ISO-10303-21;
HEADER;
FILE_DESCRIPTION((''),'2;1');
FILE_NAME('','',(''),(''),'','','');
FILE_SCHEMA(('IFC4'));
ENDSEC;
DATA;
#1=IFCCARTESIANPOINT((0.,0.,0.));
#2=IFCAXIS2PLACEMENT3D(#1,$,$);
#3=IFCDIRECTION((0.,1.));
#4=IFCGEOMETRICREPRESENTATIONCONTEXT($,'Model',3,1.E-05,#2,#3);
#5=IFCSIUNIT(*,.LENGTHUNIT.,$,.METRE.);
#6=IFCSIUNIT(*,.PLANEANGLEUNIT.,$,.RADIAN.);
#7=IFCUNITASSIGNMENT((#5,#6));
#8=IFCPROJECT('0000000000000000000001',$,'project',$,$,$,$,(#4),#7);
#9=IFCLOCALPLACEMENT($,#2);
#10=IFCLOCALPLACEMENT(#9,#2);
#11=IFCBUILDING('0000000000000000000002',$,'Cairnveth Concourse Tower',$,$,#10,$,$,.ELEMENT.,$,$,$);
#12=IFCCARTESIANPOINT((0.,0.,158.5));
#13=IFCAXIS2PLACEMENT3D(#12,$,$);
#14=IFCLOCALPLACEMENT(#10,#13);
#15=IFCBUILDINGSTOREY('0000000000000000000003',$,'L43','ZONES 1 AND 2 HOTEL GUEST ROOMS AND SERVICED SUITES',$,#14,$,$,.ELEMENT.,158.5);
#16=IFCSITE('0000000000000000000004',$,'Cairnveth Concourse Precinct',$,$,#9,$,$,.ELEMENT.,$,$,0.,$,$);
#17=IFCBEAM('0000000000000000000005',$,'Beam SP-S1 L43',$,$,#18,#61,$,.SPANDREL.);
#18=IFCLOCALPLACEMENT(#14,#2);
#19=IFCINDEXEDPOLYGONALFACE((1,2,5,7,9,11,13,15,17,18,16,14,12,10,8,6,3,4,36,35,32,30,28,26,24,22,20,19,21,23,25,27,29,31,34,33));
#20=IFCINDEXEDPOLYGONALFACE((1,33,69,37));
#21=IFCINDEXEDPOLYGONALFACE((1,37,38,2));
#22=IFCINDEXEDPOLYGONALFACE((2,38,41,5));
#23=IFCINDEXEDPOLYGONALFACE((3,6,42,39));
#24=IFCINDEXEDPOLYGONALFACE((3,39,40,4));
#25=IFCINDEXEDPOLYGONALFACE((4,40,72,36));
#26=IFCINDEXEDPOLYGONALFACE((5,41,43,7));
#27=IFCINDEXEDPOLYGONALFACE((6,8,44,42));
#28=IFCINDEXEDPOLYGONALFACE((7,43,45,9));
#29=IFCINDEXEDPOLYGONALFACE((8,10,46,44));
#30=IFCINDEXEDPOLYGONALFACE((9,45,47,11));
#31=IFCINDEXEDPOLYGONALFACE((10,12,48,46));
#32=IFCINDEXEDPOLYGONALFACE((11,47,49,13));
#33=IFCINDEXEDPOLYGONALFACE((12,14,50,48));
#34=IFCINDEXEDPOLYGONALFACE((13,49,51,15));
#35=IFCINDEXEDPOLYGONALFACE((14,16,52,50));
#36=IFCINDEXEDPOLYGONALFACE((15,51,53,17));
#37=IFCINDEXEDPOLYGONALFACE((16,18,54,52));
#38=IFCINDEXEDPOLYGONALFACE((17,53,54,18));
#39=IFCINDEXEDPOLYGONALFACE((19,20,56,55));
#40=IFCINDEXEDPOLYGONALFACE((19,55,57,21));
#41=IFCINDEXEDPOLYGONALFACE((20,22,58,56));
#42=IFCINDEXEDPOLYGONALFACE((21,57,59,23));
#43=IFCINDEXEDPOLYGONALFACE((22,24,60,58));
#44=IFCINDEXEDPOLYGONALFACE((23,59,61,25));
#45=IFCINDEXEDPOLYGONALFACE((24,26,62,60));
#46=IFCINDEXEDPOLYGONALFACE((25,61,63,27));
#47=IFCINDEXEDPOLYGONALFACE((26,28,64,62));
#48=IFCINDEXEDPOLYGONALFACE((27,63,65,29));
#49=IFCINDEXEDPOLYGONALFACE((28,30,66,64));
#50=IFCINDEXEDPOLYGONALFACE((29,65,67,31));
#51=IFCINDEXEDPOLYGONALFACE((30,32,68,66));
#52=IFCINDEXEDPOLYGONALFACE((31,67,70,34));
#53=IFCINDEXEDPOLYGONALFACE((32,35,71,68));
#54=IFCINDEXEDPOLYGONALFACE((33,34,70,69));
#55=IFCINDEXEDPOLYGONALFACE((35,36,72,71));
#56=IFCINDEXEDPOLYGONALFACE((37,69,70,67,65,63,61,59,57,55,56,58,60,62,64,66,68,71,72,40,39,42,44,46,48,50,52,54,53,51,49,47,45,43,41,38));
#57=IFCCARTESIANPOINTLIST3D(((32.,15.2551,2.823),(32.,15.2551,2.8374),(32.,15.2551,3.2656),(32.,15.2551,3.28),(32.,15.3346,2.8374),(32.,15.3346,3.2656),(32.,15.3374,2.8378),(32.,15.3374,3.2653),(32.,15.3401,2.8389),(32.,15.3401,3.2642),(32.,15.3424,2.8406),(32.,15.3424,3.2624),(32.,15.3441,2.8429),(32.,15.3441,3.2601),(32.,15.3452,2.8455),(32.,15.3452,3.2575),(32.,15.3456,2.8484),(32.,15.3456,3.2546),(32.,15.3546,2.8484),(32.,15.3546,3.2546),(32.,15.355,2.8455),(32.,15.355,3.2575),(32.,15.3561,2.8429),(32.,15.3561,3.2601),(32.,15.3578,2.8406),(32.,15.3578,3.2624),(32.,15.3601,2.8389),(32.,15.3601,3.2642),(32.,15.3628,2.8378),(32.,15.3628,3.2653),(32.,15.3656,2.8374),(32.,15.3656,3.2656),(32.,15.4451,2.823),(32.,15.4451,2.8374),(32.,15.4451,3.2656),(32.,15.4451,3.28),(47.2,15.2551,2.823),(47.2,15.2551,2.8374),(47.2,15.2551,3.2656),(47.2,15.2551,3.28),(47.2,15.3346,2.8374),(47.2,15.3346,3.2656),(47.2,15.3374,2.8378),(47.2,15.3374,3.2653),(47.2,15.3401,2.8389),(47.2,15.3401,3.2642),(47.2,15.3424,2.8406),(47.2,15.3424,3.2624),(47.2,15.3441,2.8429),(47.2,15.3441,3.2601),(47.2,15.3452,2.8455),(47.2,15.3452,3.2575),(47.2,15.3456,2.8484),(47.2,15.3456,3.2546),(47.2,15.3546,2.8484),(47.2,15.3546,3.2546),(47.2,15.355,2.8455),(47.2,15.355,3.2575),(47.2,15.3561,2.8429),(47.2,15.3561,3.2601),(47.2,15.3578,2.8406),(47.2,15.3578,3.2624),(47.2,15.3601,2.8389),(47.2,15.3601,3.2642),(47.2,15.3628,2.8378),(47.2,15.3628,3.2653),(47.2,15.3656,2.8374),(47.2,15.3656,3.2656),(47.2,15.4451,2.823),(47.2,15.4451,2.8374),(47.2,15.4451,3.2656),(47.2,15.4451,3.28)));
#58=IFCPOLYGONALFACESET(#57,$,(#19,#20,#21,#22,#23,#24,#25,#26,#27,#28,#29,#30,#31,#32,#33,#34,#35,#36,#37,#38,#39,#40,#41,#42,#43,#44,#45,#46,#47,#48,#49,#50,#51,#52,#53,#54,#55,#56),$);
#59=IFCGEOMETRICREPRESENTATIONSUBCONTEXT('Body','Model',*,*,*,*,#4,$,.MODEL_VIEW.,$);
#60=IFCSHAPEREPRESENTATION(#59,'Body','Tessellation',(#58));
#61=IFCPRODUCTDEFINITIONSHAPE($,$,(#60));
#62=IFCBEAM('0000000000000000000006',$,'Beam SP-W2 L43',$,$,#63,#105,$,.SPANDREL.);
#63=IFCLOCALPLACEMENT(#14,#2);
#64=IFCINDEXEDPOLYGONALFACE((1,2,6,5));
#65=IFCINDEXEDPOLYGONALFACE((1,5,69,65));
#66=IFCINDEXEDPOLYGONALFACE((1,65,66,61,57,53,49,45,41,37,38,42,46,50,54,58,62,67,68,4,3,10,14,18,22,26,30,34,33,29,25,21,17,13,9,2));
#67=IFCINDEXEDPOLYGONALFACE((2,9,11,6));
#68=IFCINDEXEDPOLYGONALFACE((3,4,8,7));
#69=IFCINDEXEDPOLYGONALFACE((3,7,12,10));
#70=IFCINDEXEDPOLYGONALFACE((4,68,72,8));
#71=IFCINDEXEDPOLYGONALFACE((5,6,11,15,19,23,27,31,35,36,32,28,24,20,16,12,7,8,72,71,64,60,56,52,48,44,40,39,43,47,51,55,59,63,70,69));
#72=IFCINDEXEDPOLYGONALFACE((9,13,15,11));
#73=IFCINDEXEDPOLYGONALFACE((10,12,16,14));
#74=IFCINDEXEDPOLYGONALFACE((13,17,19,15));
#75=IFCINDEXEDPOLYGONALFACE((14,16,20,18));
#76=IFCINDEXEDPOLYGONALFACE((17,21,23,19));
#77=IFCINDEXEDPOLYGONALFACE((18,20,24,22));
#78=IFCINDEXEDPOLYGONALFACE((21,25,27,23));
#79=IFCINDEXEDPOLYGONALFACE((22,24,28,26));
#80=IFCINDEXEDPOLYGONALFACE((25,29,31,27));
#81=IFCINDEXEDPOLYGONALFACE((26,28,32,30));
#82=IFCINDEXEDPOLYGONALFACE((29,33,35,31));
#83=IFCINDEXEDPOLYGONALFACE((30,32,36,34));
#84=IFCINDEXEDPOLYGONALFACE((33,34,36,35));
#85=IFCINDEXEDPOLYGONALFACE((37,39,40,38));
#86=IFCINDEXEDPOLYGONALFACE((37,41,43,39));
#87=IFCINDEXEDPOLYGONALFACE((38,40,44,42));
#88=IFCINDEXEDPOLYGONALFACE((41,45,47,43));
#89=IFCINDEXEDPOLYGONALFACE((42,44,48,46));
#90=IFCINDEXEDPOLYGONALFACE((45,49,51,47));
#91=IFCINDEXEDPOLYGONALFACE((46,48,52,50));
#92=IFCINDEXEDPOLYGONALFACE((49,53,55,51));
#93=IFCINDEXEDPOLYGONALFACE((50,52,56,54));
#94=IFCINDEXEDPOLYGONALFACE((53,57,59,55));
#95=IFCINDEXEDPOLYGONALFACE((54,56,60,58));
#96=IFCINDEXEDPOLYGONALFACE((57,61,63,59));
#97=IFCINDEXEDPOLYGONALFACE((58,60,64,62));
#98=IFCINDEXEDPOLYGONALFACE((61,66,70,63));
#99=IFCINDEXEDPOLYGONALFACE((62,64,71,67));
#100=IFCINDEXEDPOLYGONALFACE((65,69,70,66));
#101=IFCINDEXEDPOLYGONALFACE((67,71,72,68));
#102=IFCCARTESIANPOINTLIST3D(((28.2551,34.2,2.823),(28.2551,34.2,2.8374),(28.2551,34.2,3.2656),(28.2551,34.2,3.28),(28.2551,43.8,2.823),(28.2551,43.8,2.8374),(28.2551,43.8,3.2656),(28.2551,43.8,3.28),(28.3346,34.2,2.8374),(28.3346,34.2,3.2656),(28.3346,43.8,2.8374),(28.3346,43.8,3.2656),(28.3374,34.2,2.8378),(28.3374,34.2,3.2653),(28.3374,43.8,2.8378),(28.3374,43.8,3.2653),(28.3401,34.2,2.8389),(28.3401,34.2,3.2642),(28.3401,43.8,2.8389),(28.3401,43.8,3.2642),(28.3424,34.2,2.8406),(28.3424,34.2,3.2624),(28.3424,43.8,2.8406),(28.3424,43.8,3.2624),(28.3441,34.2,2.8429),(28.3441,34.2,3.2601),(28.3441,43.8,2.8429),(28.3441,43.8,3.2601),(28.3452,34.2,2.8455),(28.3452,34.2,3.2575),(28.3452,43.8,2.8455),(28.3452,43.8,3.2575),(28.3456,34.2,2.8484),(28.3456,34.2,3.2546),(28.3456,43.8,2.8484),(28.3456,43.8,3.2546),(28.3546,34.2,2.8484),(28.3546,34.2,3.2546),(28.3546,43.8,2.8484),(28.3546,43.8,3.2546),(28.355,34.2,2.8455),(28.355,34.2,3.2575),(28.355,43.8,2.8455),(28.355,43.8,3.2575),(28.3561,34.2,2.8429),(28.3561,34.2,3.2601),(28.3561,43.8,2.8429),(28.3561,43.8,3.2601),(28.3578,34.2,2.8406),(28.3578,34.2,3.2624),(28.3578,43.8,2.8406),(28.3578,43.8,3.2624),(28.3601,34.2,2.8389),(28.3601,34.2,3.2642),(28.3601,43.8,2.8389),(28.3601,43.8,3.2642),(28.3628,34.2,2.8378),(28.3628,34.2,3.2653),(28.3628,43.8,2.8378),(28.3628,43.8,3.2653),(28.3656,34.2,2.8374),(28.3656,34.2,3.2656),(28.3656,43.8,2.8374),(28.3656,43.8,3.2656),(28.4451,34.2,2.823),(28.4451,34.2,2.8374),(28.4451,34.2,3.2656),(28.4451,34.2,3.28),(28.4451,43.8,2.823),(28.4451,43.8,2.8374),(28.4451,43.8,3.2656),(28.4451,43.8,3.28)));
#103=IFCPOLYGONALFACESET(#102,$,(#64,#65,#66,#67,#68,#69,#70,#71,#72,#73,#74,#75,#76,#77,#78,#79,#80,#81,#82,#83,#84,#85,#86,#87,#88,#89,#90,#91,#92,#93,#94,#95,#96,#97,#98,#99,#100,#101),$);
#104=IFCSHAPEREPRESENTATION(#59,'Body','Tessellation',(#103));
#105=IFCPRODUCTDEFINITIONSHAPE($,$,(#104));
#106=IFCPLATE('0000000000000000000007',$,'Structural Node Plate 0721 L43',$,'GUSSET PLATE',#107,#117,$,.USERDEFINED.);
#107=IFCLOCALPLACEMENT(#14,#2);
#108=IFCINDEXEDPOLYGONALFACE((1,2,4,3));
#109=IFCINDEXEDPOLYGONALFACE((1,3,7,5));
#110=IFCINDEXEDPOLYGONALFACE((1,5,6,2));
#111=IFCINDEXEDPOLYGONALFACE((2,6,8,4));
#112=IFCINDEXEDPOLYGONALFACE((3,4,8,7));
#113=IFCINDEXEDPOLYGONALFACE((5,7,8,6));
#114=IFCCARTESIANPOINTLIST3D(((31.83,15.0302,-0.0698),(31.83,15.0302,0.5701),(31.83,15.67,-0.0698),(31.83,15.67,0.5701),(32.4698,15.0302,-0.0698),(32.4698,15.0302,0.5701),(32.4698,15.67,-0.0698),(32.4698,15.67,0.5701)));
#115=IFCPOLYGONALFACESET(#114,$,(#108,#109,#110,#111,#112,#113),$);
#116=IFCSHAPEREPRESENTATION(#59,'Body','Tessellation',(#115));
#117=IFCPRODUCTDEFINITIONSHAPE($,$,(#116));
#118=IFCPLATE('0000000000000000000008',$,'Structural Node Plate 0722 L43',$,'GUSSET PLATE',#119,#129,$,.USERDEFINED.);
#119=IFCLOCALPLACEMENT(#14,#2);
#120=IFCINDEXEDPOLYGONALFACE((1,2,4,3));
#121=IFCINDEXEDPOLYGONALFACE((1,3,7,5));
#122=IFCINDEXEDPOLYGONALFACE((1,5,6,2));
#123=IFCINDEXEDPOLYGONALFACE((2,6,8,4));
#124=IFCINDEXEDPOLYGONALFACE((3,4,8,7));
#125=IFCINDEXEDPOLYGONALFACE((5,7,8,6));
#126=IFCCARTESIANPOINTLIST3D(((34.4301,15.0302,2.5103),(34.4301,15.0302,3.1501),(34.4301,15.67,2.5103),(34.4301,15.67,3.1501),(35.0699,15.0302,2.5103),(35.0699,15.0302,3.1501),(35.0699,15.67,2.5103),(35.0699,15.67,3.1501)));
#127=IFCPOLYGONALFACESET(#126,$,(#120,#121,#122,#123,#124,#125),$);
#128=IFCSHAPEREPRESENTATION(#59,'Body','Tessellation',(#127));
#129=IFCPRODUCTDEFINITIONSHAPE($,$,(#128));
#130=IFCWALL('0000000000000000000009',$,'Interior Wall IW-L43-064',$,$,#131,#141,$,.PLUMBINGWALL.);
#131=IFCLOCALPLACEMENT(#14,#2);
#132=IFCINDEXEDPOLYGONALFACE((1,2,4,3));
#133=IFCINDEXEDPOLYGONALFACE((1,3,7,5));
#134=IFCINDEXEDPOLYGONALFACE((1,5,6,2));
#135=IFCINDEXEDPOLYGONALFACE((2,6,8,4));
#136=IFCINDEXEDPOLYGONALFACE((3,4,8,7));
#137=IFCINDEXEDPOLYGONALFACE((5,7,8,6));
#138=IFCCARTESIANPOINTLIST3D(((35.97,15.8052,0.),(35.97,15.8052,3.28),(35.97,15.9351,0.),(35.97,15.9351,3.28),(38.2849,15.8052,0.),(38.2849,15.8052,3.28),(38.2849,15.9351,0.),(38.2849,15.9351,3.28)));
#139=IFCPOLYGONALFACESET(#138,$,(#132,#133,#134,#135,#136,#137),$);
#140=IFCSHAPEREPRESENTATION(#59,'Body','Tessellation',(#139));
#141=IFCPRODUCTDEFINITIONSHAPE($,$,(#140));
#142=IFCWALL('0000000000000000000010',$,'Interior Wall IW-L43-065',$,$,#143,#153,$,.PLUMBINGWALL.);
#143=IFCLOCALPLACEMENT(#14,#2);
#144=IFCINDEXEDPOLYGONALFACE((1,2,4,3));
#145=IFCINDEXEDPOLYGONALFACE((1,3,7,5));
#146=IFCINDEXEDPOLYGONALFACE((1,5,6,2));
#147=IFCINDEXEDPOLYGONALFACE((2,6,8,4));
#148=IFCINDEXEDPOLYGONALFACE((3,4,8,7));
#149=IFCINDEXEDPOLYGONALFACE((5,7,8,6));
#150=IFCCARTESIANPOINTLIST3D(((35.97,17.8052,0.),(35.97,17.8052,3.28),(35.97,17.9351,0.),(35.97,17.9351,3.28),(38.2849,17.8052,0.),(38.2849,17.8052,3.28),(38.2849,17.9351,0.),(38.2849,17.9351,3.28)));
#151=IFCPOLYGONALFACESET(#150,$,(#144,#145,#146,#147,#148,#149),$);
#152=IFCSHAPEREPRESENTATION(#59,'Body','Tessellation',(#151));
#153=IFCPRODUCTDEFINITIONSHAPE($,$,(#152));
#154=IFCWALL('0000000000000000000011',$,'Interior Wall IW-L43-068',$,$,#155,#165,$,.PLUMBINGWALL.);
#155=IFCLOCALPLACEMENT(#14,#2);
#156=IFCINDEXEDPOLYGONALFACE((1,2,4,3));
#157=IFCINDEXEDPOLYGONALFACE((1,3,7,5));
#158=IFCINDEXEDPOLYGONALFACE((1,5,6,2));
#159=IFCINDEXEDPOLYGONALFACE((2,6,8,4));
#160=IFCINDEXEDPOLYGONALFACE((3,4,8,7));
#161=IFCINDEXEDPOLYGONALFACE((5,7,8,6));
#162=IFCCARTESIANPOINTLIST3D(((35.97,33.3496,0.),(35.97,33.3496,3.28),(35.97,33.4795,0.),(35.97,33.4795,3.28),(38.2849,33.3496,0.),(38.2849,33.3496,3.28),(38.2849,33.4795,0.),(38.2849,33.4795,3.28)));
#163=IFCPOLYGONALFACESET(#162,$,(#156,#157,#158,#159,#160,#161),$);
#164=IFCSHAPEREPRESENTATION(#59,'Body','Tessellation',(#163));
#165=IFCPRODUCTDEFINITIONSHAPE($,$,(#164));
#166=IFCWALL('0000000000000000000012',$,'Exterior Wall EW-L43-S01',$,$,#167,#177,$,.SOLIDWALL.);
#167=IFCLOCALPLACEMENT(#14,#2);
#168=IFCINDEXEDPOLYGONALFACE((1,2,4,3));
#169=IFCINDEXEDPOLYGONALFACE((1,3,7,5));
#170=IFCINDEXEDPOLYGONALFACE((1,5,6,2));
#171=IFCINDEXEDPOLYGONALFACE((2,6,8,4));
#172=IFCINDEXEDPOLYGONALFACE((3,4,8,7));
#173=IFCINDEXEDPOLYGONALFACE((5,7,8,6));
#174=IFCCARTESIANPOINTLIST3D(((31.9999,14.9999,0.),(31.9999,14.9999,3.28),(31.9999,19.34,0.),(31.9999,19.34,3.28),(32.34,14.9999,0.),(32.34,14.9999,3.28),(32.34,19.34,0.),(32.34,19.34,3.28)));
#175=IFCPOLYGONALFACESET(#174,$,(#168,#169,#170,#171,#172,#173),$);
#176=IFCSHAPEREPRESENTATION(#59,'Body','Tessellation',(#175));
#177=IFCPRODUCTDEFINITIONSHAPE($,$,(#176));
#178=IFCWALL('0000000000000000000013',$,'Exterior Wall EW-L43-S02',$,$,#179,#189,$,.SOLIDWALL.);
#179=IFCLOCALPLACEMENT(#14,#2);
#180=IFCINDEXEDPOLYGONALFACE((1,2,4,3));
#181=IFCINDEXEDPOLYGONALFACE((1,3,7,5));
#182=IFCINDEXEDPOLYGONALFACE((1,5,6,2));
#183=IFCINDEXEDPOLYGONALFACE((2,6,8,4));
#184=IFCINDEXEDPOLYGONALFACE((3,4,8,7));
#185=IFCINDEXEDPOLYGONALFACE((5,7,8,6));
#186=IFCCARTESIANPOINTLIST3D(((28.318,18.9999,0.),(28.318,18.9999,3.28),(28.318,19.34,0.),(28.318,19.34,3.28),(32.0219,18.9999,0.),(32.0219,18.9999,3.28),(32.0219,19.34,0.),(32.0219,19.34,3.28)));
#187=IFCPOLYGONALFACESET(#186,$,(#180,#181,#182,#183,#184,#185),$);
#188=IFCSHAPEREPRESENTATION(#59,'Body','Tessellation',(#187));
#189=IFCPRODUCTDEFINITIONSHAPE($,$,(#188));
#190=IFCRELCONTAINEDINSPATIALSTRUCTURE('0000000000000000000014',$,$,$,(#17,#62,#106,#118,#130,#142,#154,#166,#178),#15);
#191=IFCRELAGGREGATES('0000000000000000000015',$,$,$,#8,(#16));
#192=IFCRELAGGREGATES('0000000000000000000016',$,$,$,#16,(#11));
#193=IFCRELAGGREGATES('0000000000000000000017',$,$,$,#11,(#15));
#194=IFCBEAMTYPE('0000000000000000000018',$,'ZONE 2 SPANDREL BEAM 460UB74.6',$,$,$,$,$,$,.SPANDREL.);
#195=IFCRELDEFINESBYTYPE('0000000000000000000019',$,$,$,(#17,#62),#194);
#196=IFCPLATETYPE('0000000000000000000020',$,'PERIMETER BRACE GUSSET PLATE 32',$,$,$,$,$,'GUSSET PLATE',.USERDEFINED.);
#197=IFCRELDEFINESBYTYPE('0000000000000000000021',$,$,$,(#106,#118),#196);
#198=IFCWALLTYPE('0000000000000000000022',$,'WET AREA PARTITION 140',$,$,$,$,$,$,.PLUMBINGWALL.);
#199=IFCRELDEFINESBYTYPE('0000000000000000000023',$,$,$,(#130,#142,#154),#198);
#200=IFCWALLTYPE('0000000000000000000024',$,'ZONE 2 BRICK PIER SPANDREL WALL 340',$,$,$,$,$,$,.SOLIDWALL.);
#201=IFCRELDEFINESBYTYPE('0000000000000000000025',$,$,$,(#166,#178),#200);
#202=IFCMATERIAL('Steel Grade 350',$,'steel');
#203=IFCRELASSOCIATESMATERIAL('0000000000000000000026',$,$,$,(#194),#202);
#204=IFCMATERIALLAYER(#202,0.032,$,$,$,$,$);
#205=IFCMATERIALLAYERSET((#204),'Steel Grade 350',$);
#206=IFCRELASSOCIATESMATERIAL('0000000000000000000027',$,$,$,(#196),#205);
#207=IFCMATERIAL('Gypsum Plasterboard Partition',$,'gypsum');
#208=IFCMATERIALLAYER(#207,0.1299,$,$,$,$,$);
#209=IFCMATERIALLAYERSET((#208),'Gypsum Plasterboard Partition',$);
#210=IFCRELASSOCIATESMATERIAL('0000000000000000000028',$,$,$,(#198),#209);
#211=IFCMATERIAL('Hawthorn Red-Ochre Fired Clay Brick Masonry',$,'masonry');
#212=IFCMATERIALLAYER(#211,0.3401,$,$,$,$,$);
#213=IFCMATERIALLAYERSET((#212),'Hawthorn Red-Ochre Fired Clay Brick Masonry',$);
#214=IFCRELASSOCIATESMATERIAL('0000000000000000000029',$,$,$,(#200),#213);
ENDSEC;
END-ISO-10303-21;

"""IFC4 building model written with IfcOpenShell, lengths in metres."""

from ifc_helpers import new_model, si_unit, direction, frame, frame_2d, origin, origin_2d, place, context, subcontext, project, spatial, rectangle, i_section, extrude, material, layer, layer_set, material_profile, profile_set, type_object, element, save


model = new_model("IFC4")

# Units and contexts
model_context = context("Model", 3, precision=1e-05, world=origin(), true_north=direction((0.0, 1.0)))
body_context = subcontext(model_context, "Body", "Model", "MODEL_VIEW")
ifc_project = project(units=[si_unit("LENGTHUNIT", "METRE"), si_unit("PLANEANGLEUNIT", "RADIAN")], contexts=[model_context])

# Site, building, storey
site_placement = place(None, origin())
site = spatial("IfcSite", under=ifc_project, at=site_placement, Name="Cairnveth Concourse Precinct", CompositionType="ELEMENT", RefElevation=0.0)
building_placement = place(site_placement, origin())
building = spatial("IfcBuilding", under=site, at=building_placement, Name="Cairnveth Concourse Tower", CompositionType="ELEMENT")
storey_placement = place(building_placement, frame((0.0, 0.0, 158.5)))
storey = spatial("IfcBuildingStorey", under=building, at=storey_placement, Name="L43", Description="ZONES 1 AND 2 HOTEL GUEST ROOMS AND SERVICED SUITES", CompositionType="ELEMENT", Elevation=158.5)

# Shared definitions
ifc_material_1 = material(Name="Steel Grade 350", Category="steel")

# Beams
ifc_material_profile_1 = material_profile(ifc_material_1, i_section(OverallWidth=0.1899, OverallDepth=0.457, WebThickness=0.009, FlangeThickness=0.0144, FilletRadius=0.011, at=origin_2d()), Name="460UB74.6")
ifc_profile_set_1 = profile_set([ifc_material_profile_1], Name="Steel Grade 350")
beam_type_1 = type_object("IfcBeamType", Name="ZONE 2 SPANDREL BEAM 460UB74.6", PredefinedType="SPANDREL", material=ifc_profile_set_1)
beam_1_placement = place(storey_placement, frame((32.0, 15.3501, 3.0515), z_axis=(1.0, 0.0, 0.0), x_axis=(0.0, 1.0, 0.0)))
element("IfcBeam", 1, at=beam_1_placement, inside=storey, type_object=beam_type_1, Name="Beam SP-S1 L43", PredefinedType="SPANDREL", context=body_context, shape_type="SweptSolid", body=[
    extrude(i_section(OverallWidth=0.1899, OverallDepth=0.457, WebThickness=0.009, FlangeThickness=0.0144, FilletRadius=0.011, at=origin_2d()), origin(), (0.0, 0.0, 1.0), 15.2),
])
beam_2_placement = place(storey_placement, frame((28.3501, 34.2, 3.0515), z_axis=(0.0, 1.0, 0.0), x_axis=(-1.0, 0.0, 0.0)))
element("IfcBeam", 2, at=beam_2_placement, inside=storey, type_object=beam_type_1, Name="Beam SP-W2 L43", PredefinedType="SPANDREL", context=body_context, shape_type="SweptSolid", body=[
    extrude(i_section(OverallWidth=0.1899, OverallDepth=0.457, WebThickness=0.009, FlangeThickness=0.0144, FilletRadius=0.011, at=origin_2d()), origin(), (0.0, 0.0, 1.0), 9.6001),
])

# Plates
ifc_layer_1 = layer(ifc_material_1, 0.032)
ifc_layer_set_1 = layer_set([ifc_layer_1], Name="Steel Grade 350")
plate_type = type_object("IfcPlateType", Name="PERIMETER BRACE GUSSET PLATE 32", ElementType="GUSSET PLATE", PredefinedType="USERDEFINED", material=ifc_layer_set_1)
for number, where, z_axis, x_axis, name in (
    (3, (32.1499, 15.3501, -0.0698), (0.0, 0.0, 1.0), (1.0, 0.0, 0.0), "Structural Node Plate 0721 L43"),
    (4, (34.75, 15.3501, 2.5103), (0.0, 0.0, 1.0), (1.0, 0.0, 0.0), "Structural Node Plate 0722 L43"),
):
    element("IfcPlate", number, at=place(storey_placement, frame(where, z_axis=z_axis, x_axis=x_axis)), inside=storey, type_object=plate_type, Name=name, ObjectType="GUSSET PLATE", PredefinedType="USERDEFINED", context=body_context, shape_type="SweptSolid", body=[
        extrude(rectangle(XDim=0.6399, YDim=0.6399, at=origin_2d()), origin(), (0.0, 0.0, 1.0), 0.6399),
    ])

# Walls
ifc_material_2 = material(Name="Gypsum Plasterboard Partition", Category="gypsum")
ifc_layer_2 = layer(ifc_material_2, 0.1299)
ifc_layer_set_2 = layer_set([ifc_layer_2], Name="Gypsum Plasterboard Partition")
wall_type_1 = type_object("IfcWallType", Name="WET AREA PARTITION 140", PredefinedType="PLUMBINGWALL", material=ifc_layer_set_2)
for number, where, z_axis, x_axis, name in (
    (5, (35.97, 15.8701, 0.0), (0.0, 0.0, 1.0), (1.0, 0.0, 0.0), "Interior Wall IW-L43-064"),
    (6, (35.97, 17.8701, 0.0), (0.0, 0.0, 1.0), (1.0, 0.0, 0.0), "Interior Wall IW-L43-065"),
    (7, (35.97, 33.4146, 0.0), (0.0, 0.0, 1.0), (1.0, 0.0, 0.0), "Interior Wall IW-L43-068"),
):
    element("IfcWall", number, at=place(storey_placement, frame(where, z_axis=z_axis, x_axis=x_axis)), inside=storey, type_object=wall_type_1, Name=name, PredefinedType="PLUMBINGWALL", context=body_context, shape_type="SweptSolid", body=[
        extrude(rectangle(XDim=2.3149, YDim=0.1299, at=frame_2d((1.1575, 0.0))), origin(), (0.0, 0.0, 1.0), 3.28),
    ])
ifc_material_3 = material(Name="Hawthorn Red-Ochre Fired Clay Brick Masonry", Category="masonry")
ifc_layer_3 = layer(ifc_material_3, 0.3401)
ifc_layer_set_3 = layer_set([ifc_layer_3], Name="Hawthorn Red-Ochre Fired Clay Brick Masonry")
wall_type_2 = type_object("IfcWallType", Name="ZONE 2 BRICK PIER SPANDREL WALL 340", PredefinedType="SOLIDWALL", material=ifc_layer_set_3)
wall_1_placement = place(storey_placement, frame((32.1699, 15.0, 0.0), z_axis=(0.0, 0.0, 1.0), x_axis=(0.0, 1.0, 0.0)))
element("IfcWall", 8, at=wall_1_placement, inside=storey, type_object=wall_type_2, Name="Exterior Wall EW-L43-S01", PredefinedType="SOLIDWALL", context=body_context, shape_type="SweptSolid", body=[
    extrude(rectangle(XDim=4.3401, YDim=0.3401, at=frame_2d((2.1699, 0.0))), origin(), (0.0, 0.0, 1.0), 3.28),
])
wall_2_placement = place(storey_placement, frame((32.022, 19.1699, 0.0), z_axis=(0.0, 0.0, 1.0), x_axis=(-1.0, 0.0, 0.0)))
element("IfcWall", 9, at=wall_2_placement, inside=storey, type_object=wall_type_2, Name="Exterior Wall EW-L43-S02", PredefinedType="SOLIDWALL", context=body_context, shape_type="SweptSolid", body=[
    extrude(rectangle(XDim=3.7039, YDim=0.3401, at=frame_2d((1.8521, 0.0))), origin(), (0.0, 0.0, 1.0), 3.28),
])

save(model, "model.ifc")
